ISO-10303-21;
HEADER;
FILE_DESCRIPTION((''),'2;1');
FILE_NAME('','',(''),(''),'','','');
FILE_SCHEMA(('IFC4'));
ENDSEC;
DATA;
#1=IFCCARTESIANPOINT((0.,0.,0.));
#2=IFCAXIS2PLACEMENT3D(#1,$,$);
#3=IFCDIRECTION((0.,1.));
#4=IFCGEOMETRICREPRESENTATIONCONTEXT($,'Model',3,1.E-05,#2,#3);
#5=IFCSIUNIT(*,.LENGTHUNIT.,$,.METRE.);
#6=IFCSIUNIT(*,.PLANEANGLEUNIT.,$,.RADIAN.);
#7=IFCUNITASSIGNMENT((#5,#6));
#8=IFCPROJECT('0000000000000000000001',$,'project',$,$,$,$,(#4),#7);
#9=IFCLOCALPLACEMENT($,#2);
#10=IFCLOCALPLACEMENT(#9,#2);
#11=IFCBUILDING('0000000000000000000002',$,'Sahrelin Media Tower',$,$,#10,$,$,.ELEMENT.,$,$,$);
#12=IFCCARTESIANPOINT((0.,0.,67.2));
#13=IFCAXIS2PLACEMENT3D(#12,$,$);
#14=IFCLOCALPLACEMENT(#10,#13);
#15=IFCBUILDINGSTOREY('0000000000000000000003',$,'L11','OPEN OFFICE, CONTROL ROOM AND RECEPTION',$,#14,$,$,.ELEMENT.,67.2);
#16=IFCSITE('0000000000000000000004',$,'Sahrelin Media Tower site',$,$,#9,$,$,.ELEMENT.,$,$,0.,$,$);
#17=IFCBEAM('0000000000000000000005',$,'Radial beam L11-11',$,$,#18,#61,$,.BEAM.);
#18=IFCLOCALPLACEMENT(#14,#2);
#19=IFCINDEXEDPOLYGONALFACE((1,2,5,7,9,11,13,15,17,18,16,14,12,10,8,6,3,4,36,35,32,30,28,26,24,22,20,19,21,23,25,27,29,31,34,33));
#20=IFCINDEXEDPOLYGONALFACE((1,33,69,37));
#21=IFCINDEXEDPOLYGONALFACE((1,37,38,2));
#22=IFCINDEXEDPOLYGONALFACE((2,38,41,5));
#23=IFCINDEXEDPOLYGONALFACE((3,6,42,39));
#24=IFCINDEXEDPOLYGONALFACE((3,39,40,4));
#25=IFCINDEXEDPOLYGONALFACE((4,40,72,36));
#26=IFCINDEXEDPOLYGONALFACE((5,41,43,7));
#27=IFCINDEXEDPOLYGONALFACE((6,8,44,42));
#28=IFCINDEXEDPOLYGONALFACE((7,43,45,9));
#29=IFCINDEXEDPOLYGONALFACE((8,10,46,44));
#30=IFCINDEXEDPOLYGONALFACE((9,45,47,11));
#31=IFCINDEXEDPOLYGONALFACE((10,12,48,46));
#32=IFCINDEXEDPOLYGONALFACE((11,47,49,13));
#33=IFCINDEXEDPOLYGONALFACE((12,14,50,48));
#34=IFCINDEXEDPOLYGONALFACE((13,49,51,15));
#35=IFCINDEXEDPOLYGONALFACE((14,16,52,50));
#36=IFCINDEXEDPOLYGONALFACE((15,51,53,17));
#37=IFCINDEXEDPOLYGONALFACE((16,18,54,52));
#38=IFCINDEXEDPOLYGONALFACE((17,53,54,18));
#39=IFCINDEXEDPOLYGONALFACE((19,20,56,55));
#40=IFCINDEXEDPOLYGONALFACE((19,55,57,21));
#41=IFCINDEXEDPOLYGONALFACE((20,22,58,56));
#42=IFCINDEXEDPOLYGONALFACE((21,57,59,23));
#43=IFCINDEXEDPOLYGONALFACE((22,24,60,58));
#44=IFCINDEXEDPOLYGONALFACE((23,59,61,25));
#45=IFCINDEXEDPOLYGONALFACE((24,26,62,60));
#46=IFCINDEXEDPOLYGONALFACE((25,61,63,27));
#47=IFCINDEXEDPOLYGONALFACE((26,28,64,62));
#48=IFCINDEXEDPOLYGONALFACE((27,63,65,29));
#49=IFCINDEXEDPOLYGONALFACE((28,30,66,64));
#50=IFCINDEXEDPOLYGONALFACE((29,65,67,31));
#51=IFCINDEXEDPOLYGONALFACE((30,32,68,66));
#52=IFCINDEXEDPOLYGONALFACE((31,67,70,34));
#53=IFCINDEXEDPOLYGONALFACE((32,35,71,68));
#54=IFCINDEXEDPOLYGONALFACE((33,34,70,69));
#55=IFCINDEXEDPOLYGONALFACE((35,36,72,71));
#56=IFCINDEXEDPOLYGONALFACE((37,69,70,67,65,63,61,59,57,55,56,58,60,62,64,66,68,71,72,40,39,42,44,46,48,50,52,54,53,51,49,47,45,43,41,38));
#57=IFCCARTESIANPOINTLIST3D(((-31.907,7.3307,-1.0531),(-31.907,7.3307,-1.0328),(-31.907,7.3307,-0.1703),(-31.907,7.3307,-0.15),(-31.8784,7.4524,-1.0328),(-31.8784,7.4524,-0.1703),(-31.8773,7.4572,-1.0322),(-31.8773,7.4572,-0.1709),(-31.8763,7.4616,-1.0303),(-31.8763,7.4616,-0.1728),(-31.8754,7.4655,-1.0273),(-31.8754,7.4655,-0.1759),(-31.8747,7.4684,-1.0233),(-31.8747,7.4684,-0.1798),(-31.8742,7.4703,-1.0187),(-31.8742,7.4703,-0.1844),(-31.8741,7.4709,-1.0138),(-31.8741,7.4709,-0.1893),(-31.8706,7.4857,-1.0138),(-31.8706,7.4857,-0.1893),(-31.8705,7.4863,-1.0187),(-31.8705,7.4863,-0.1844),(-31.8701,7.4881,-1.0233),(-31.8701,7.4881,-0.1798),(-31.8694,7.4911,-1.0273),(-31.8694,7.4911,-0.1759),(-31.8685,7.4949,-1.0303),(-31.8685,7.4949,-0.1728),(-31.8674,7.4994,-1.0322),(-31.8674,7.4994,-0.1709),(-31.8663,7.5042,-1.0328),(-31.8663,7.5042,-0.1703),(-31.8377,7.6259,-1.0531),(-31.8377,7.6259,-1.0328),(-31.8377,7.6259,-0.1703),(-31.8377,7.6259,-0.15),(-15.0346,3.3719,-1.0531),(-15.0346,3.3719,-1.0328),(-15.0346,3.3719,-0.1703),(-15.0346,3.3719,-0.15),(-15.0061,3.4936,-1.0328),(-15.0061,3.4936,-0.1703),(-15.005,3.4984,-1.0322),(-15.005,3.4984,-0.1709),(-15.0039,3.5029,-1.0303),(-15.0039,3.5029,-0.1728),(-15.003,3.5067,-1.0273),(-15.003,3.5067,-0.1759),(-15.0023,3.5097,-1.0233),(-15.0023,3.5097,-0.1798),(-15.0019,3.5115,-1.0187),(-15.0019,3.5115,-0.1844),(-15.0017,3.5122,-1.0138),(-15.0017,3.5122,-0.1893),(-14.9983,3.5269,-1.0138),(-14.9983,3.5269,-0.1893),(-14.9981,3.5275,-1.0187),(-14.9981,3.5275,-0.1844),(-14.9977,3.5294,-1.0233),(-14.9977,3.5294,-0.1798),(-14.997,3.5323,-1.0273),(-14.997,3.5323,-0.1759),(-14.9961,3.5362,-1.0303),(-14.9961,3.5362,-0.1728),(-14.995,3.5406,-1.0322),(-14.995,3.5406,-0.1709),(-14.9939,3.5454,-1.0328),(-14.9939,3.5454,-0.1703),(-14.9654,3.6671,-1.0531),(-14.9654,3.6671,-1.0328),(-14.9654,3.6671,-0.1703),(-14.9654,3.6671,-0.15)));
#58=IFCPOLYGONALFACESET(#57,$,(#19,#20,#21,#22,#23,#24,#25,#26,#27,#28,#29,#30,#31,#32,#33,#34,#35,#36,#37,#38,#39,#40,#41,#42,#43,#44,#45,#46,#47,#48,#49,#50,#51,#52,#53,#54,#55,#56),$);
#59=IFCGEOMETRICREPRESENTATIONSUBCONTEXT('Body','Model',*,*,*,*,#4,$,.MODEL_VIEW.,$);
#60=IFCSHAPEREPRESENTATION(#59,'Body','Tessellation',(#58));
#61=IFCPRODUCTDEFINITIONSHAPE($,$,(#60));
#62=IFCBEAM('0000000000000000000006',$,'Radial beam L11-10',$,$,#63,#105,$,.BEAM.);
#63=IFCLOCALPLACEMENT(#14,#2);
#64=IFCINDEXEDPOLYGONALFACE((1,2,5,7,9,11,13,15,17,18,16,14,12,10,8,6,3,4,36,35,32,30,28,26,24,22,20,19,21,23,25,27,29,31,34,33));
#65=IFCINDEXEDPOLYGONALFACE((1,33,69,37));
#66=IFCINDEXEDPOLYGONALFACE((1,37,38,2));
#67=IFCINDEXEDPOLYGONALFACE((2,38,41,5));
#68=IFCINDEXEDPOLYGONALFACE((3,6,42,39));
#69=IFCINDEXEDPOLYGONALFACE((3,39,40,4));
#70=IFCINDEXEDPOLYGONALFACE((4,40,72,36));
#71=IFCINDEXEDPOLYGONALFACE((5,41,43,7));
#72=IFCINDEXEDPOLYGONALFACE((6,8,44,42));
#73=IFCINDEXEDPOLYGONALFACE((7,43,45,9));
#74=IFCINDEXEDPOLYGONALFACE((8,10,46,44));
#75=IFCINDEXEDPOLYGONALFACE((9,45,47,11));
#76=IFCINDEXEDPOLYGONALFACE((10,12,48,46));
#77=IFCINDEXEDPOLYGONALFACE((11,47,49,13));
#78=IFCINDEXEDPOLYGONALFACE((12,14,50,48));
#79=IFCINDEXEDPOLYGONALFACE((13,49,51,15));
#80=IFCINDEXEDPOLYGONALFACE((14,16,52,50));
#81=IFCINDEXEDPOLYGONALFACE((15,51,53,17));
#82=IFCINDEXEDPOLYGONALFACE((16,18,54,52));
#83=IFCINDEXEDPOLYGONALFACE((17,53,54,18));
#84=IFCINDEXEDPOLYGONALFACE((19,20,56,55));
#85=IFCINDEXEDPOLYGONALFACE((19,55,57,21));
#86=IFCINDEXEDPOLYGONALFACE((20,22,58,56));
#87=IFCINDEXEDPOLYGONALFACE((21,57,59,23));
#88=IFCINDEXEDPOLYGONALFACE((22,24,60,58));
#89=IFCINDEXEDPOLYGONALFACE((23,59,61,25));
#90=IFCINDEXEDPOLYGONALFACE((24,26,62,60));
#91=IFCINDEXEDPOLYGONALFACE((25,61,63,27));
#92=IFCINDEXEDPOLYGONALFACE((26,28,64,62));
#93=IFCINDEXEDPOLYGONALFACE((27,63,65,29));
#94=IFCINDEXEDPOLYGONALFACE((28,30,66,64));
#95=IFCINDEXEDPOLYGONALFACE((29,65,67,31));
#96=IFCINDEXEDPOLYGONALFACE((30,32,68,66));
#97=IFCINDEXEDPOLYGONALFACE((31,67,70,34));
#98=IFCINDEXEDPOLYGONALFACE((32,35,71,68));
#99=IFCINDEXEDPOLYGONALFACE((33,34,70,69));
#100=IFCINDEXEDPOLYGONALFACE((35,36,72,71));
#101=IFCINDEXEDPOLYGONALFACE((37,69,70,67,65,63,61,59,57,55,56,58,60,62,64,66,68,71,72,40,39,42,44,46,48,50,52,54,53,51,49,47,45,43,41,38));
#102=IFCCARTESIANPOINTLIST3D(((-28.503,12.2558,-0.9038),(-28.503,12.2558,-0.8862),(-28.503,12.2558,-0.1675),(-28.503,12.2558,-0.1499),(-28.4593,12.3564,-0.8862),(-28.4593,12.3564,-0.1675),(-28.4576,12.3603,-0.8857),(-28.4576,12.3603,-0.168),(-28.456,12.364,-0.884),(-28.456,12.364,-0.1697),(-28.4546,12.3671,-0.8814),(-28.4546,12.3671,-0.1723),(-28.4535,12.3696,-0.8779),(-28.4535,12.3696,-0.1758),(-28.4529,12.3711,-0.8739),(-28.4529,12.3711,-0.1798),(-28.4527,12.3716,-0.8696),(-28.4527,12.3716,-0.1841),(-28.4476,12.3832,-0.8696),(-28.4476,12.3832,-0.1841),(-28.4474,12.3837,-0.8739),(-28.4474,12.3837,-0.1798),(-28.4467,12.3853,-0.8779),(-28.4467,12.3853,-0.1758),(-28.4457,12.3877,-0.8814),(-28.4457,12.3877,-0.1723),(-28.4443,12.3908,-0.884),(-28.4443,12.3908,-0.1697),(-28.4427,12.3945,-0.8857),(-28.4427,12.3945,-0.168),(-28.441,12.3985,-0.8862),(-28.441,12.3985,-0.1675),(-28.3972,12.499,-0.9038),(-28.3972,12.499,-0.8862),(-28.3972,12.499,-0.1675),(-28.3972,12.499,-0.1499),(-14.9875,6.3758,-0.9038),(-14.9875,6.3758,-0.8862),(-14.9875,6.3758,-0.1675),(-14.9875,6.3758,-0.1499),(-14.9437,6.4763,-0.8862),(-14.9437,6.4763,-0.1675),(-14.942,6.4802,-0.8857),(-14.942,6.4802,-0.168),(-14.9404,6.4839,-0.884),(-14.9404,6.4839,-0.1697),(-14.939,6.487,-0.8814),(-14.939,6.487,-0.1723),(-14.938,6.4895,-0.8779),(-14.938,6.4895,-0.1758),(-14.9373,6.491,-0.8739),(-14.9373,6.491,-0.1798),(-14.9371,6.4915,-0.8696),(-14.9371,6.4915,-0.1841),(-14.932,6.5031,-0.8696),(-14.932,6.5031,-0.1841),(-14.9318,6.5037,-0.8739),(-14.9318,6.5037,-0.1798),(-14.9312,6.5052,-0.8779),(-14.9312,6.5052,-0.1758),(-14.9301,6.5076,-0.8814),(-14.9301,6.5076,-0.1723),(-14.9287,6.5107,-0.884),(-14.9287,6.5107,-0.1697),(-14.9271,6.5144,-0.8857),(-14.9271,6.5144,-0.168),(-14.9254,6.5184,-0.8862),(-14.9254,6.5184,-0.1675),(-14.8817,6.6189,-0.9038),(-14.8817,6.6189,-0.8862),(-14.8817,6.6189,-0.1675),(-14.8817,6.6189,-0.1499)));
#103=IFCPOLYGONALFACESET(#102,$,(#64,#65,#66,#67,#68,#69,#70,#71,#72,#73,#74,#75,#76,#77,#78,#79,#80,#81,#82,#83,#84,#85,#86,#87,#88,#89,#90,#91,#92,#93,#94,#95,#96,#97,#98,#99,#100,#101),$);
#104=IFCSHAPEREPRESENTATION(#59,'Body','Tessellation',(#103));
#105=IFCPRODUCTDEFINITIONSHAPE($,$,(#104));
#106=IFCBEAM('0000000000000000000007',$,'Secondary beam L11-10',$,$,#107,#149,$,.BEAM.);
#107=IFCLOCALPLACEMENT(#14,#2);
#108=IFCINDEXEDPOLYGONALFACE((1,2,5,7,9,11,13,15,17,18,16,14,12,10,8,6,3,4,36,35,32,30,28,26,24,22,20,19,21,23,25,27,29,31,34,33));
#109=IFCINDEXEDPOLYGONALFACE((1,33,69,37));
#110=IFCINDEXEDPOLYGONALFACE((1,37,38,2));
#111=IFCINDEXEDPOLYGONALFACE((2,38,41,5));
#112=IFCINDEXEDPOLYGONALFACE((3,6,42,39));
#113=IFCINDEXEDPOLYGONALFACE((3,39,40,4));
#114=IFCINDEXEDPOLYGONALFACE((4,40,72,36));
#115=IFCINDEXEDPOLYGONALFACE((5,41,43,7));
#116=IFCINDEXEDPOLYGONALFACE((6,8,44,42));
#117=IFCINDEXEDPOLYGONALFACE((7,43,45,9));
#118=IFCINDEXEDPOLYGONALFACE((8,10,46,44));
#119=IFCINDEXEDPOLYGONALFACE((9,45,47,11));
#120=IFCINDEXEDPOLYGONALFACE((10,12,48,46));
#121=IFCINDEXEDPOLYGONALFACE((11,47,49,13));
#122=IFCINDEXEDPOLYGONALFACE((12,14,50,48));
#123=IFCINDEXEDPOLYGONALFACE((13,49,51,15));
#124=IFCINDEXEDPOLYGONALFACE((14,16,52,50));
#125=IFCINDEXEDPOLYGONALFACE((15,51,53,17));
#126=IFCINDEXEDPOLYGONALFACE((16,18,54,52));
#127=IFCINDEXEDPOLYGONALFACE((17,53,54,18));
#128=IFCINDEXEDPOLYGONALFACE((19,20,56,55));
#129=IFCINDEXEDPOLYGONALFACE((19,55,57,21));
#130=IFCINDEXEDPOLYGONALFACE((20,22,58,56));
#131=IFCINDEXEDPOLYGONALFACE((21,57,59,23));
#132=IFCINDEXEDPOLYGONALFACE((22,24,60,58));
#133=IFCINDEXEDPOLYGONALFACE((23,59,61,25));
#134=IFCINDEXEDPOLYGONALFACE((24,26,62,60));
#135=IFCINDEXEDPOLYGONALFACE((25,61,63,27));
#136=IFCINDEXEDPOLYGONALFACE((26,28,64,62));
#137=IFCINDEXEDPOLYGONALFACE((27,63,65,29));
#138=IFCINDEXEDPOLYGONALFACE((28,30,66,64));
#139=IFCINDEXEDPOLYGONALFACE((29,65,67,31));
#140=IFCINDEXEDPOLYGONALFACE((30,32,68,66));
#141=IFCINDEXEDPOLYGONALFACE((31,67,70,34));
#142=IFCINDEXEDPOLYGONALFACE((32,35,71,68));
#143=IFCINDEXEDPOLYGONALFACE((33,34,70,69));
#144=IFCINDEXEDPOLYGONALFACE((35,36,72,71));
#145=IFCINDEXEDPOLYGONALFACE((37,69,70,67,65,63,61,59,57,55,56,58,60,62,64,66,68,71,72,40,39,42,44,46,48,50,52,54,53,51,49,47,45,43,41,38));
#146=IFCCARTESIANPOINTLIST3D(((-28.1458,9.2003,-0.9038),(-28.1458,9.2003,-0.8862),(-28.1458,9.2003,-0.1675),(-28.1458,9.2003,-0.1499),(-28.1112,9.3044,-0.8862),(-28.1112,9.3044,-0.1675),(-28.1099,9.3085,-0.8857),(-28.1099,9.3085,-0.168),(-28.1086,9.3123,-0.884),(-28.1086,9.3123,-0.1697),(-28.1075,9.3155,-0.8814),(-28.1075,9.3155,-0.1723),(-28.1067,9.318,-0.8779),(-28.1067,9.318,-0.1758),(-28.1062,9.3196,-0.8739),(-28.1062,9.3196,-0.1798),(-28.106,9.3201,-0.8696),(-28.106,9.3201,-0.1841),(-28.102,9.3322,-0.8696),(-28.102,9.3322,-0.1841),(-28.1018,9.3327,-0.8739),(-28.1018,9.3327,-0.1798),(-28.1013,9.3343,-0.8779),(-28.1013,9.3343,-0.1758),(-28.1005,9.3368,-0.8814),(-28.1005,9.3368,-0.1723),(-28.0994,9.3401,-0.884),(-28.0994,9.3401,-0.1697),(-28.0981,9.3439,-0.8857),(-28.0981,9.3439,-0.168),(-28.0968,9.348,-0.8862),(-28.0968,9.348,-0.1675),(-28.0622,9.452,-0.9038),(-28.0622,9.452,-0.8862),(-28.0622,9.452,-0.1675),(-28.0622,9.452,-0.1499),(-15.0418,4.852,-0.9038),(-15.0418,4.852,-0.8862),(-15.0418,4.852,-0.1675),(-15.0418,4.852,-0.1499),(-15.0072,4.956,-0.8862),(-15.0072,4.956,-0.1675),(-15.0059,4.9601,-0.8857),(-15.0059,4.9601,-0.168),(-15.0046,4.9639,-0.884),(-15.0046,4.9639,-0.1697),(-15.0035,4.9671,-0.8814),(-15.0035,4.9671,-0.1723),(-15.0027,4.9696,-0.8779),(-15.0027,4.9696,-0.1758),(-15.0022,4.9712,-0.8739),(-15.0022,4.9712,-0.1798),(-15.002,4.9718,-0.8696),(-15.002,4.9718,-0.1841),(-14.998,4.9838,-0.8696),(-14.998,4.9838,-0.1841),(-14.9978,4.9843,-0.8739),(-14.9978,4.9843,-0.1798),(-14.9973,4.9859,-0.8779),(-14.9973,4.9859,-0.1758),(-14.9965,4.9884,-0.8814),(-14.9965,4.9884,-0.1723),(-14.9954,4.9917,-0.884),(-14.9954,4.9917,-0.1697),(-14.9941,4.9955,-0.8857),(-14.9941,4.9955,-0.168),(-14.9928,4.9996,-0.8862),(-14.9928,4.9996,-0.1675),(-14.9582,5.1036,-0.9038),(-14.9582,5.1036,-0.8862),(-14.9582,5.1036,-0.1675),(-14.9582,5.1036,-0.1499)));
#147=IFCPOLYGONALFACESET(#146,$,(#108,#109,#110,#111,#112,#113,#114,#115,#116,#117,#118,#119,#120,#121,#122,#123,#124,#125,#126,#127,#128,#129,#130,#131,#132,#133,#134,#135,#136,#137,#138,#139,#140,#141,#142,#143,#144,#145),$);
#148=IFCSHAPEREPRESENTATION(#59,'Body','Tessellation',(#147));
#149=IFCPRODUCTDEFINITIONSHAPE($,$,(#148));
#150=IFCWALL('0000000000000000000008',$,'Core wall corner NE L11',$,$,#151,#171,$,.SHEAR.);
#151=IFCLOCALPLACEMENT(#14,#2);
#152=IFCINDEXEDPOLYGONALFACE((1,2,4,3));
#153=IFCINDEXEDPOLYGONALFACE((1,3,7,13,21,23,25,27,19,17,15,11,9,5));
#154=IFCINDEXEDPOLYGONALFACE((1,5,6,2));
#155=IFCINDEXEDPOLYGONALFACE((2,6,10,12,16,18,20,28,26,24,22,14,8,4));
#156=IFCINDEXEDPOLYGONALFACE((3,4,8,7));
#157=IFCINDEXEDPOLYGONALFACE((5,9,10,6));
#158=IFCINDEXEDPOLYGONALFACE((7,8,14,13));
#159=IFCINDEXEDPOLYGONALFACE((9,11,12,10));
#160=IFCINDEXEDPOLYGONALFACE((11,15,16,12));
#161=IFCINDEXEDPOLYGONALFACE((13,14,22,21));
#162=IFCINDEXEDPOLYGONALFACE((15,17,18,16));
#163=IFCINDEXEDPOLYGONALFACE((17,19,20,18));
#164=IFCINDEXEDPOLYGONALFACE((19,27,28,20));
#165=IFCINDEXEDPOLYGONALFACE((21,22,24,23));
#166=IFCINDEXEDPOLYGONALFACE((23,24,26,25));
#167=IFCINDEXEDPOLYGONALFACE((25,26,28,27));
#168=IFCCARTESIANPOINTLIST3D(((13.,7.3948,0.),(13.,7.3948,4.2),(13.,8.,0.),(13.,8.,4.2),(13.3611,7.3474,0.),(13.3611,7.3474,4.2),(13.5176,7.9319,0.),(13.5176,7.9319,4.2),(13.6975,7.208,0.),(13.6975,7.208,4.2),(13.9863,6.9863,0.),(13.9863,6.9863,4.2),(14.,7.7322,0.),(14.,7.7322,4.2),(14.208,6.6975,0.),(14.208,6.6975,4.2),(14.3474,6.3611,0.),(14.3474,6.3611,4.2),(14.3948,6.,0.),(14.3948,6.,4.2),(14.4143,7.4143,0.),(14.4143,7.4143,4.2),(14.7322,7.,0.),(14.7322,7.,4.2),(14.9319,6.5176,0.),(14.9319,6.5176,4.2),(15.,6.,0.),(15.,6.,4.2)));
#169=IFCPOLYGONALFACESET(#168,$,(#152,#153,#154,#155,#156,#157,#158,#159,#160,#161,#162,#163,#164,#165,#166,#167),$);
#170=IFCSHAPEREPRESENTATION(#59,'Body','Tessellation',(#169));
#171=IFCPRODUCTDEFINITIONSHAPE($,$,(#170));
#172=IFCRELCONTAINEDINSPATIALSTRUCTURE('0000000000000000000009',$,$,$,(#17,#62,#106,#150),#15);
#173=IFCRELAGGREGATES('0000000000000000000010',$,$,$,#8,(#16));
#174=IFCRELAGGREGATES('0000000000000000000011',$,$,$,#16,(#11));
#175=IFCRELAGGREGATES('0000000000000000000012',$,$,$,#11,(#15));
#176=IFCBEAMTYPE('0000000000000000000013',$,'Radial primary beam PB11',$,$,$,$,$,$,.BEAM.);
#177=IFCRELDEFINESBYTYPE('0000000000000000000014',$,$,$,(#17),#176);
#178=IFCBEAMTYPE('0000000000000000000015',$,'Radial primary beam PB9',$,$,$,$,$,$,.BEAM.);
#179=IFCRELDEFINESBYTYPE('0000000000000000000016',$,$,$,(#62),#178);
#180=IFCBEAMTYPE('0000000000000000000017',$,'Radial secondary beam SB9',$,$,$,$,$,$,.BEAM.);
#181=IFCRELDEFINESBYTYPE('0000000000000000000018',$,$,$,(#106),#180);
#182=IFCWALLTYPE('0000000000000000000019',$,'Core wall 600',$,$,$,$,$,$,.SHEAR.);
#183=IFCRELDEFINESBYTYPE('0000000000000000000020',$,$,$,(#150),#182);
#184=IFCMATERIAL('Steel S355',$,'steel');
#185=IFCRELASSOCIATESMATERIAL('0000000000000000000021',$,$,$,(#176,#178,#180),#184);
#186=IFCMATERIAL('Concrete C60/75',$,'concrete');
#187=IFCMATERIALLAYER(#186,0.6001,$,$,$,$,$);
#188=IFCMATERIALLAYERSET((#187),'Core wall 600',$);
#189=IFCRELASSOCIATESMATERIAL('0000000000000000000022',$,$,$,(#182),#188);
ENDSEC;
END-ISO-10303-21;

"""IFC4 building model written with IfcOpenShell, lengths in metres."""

from ifc_helpers import new_model, si_unit, direction, frame, origin, origin_2d, place, context, subcontext, project, spatial, polyline, i_section, outline, extrude, material, layer, layer_set, material_profile, profile_set, type_object, element, save


model = new_model("IFC4")

# Units and contexts
model_context = context("Model", 3, precision=1e-05, world=origin(), true_north=direction((0.0, 1.0)))
body_context = subcontext(model_context, "Body", "Model", "MODEL_VIEW")
ifc_project = project(units=[si_unit("LENGTHUNIT", "METRE"), si_unit("PLANEANGLEUNIT", "RADIAN")], contexts=[model_context])

# Site, building, storey
site_placement = place(None, origin())
site = spatial("IfcSite", under=ifc_project, at=site_placement, Name="Sahrelin Media Tower site", CompositionType="ELEMENT", RefElevation=0.0)
building_placement = place(site_placement, origin())
building = spatial("IfcBuilding", under=site, at=building_placement, Name="Sahrelin Media Tower", CompositionType="ELEMENT")
storey_placement = place(building_placement, frame((0.0, 0.0, 67.2)))
storey = spatial("IfcBuildingStorey", under=building, at=storey_placement, Name="L11", Description="OPEN OFFICE, CONTROL ROOM AND RECEPTION", CompositionType="ELEMENT", Elevation=67.2)

# Beams
ifc_material_1 = material(Name="Steel S355", Category="steel")
ifc_material_profile_1 = material_profile(ifc_material_1, i_section(OverallWidth=0.3032, OverallDepth=0.9031, WebThickness=0.0151, FlangeThickness=0.0203, FilletRadius=0.019, at=origin_2d()), Name="UB 914x305x201")
ifc_profile_set_1 = profile_set([ifc_material_profile_1], Name="Steel S355")
beam_type_1 = type_object("IfcBeamType", Name="Radial primary beam PB11", PredefinedType="BEAM", material=ifc_profile_set_1)
beam_1_placement = place(storey_placement, frame((-15.0, 3.5195, -0.6016), z_axis=(-0.973561, 0.228426, 0.0), x_axis=(-0.228426, -0.973561, 0.0)))
element("IfcBeam", 1, at=beam_1_placement, inside=storey, type_object=beam_type_1, Name="Radial beam L11-11", PredefinedType="BEAM", context=body_context, shape_type="SweptSolid", body=[
    extrude(i_section(OverallWidth=0.3032, OverallDepth=0.9031, WebThickness=0.0151, FlangeThickness=0.0203, FilletRadius=0.019, at=origin_2d()), origin(), (0.0, 0.0, 1.0), 17.3306),
])
ifc_material_profile_2 = material_profile(ifc_material_1, i_section(OverallWidth=0.2651, OverallDepth=0.7539, WebThickness=0.0127, FlangeThickness=0.0176, FilletRadius=0.0166, at=origin_2d()), Name="UB 762x267x147")
ifc_profile_set_2 = profile_set([ifc_material_profile_2], Name="Steel S355")
beam_type_2 = type_object("IfcBeamType", Name="Radial primary beam PB9", PredefinedType="BEAM", material=ifc_profile_set_2)
beam_2_placement = place(storey_placement, frame((-14.9346, 6.4973, -0.5269), z_axis=(-0.916977, 0.398941, 0.0), x_axis=(-0.398941, -0.916977, 0.0)))
element("IfcBeam", 2, at=beam_2_placement, inside=storey, type_object=beam_type_2, Name="Radial beam L11-10", PredefinedType="BEAM", context=body_context, shape_type="SweptSolid", body=[
    extrude(i_section(OverallWidth=0.2651, OverallDepth=0.7539, WebThickness=0.0127, FlangeThickness=0.0176, FilletRadius=0.0166, at=origin_2d()), origin(), (0.0, 0.0, 1.0), 14.7393),
])
ifc_material_profile_3 = material_profile(ifc_material_1, i_section(OverallWidth=0.2651, OverallDepth=0.7539, WebThickness=0.0127, FlangeThickness=0.0176, FilletRadius=0.0166, at=origin_2d()), Name="UB 762x267x147")
ifc_profile_set_3 = profile_set([ifc_material_profile_3], Name="Steel S355")
beam_type_3 = type_object("IfcBeamType", Name="Radial secondary beam SB9", PredefinedType="BEAM", material=ifc_profile_set_3)
beam_3_placement = place(storey_placement, frame((-15.0, 4.9778, -0.5269), z_axis=(-0.949109, 0.314949, 0.0), x_axis=(-0.314949, -0.949109, 0.0)))
element("IfcBeam", 3, at=beam_3_placement, inside=storey, type_object=beam_type_3, Name="Secondary beam L11-10", PredefinedType="BEAM", context=body_context, shape_type="SweptSolid", body=[
    extrude(i_section(OverallWidth=0.2651, OverallDepth=0.7539, WebThickness=0.0127, FlangeThickness=0.0176, FilletRadius=0.0166, at=origin_2d()), origin(), (0.0, 0.0, 1.0), 13.8066),
])

# Wall
ifc_material_2 = material(Name="Concrete C60/75", Category="concrete")
ifc_layer_1 = layer(ifc_material_2, 0.6001)
ifc_layer_set_1 = layer_set([ifc_layer_1], Name="Core wall 600")
wall_type_1 = type_object("IfcWallType", Name="Core wall 600", PredefinedType="SHEAR", material=ifc_layer_set_1)
placement = place(storey_placement, origin())
element("IfcWall", 4, at=placement, inside=storey, type_object=wall_type_1, Name="Core wall corner NE L11", PredefinedType="SHEAR", context=body_context, shape_type="SweptSolid", body=[
    extrude(outline(polyline([(13.0, 8.0), (13.0, 7.3948), (13.3611, 7.3474), (13.6975, 7.208), (13.9863, 6.9863), (14.208, 6.6975), (14.3474, 6.3611), (14.3948, 6.0), (15.0, 6.0), (14.9319, 6.5176), (14.7322, 7.0), (14.4143, 7.4143), (14.0, 7.7322), (13.5176, 7.9319), (13.0, 8.0)])), origin(), (0.0, 0.0, 1.0), 4.2),
])

save(model, "model.ifc")
